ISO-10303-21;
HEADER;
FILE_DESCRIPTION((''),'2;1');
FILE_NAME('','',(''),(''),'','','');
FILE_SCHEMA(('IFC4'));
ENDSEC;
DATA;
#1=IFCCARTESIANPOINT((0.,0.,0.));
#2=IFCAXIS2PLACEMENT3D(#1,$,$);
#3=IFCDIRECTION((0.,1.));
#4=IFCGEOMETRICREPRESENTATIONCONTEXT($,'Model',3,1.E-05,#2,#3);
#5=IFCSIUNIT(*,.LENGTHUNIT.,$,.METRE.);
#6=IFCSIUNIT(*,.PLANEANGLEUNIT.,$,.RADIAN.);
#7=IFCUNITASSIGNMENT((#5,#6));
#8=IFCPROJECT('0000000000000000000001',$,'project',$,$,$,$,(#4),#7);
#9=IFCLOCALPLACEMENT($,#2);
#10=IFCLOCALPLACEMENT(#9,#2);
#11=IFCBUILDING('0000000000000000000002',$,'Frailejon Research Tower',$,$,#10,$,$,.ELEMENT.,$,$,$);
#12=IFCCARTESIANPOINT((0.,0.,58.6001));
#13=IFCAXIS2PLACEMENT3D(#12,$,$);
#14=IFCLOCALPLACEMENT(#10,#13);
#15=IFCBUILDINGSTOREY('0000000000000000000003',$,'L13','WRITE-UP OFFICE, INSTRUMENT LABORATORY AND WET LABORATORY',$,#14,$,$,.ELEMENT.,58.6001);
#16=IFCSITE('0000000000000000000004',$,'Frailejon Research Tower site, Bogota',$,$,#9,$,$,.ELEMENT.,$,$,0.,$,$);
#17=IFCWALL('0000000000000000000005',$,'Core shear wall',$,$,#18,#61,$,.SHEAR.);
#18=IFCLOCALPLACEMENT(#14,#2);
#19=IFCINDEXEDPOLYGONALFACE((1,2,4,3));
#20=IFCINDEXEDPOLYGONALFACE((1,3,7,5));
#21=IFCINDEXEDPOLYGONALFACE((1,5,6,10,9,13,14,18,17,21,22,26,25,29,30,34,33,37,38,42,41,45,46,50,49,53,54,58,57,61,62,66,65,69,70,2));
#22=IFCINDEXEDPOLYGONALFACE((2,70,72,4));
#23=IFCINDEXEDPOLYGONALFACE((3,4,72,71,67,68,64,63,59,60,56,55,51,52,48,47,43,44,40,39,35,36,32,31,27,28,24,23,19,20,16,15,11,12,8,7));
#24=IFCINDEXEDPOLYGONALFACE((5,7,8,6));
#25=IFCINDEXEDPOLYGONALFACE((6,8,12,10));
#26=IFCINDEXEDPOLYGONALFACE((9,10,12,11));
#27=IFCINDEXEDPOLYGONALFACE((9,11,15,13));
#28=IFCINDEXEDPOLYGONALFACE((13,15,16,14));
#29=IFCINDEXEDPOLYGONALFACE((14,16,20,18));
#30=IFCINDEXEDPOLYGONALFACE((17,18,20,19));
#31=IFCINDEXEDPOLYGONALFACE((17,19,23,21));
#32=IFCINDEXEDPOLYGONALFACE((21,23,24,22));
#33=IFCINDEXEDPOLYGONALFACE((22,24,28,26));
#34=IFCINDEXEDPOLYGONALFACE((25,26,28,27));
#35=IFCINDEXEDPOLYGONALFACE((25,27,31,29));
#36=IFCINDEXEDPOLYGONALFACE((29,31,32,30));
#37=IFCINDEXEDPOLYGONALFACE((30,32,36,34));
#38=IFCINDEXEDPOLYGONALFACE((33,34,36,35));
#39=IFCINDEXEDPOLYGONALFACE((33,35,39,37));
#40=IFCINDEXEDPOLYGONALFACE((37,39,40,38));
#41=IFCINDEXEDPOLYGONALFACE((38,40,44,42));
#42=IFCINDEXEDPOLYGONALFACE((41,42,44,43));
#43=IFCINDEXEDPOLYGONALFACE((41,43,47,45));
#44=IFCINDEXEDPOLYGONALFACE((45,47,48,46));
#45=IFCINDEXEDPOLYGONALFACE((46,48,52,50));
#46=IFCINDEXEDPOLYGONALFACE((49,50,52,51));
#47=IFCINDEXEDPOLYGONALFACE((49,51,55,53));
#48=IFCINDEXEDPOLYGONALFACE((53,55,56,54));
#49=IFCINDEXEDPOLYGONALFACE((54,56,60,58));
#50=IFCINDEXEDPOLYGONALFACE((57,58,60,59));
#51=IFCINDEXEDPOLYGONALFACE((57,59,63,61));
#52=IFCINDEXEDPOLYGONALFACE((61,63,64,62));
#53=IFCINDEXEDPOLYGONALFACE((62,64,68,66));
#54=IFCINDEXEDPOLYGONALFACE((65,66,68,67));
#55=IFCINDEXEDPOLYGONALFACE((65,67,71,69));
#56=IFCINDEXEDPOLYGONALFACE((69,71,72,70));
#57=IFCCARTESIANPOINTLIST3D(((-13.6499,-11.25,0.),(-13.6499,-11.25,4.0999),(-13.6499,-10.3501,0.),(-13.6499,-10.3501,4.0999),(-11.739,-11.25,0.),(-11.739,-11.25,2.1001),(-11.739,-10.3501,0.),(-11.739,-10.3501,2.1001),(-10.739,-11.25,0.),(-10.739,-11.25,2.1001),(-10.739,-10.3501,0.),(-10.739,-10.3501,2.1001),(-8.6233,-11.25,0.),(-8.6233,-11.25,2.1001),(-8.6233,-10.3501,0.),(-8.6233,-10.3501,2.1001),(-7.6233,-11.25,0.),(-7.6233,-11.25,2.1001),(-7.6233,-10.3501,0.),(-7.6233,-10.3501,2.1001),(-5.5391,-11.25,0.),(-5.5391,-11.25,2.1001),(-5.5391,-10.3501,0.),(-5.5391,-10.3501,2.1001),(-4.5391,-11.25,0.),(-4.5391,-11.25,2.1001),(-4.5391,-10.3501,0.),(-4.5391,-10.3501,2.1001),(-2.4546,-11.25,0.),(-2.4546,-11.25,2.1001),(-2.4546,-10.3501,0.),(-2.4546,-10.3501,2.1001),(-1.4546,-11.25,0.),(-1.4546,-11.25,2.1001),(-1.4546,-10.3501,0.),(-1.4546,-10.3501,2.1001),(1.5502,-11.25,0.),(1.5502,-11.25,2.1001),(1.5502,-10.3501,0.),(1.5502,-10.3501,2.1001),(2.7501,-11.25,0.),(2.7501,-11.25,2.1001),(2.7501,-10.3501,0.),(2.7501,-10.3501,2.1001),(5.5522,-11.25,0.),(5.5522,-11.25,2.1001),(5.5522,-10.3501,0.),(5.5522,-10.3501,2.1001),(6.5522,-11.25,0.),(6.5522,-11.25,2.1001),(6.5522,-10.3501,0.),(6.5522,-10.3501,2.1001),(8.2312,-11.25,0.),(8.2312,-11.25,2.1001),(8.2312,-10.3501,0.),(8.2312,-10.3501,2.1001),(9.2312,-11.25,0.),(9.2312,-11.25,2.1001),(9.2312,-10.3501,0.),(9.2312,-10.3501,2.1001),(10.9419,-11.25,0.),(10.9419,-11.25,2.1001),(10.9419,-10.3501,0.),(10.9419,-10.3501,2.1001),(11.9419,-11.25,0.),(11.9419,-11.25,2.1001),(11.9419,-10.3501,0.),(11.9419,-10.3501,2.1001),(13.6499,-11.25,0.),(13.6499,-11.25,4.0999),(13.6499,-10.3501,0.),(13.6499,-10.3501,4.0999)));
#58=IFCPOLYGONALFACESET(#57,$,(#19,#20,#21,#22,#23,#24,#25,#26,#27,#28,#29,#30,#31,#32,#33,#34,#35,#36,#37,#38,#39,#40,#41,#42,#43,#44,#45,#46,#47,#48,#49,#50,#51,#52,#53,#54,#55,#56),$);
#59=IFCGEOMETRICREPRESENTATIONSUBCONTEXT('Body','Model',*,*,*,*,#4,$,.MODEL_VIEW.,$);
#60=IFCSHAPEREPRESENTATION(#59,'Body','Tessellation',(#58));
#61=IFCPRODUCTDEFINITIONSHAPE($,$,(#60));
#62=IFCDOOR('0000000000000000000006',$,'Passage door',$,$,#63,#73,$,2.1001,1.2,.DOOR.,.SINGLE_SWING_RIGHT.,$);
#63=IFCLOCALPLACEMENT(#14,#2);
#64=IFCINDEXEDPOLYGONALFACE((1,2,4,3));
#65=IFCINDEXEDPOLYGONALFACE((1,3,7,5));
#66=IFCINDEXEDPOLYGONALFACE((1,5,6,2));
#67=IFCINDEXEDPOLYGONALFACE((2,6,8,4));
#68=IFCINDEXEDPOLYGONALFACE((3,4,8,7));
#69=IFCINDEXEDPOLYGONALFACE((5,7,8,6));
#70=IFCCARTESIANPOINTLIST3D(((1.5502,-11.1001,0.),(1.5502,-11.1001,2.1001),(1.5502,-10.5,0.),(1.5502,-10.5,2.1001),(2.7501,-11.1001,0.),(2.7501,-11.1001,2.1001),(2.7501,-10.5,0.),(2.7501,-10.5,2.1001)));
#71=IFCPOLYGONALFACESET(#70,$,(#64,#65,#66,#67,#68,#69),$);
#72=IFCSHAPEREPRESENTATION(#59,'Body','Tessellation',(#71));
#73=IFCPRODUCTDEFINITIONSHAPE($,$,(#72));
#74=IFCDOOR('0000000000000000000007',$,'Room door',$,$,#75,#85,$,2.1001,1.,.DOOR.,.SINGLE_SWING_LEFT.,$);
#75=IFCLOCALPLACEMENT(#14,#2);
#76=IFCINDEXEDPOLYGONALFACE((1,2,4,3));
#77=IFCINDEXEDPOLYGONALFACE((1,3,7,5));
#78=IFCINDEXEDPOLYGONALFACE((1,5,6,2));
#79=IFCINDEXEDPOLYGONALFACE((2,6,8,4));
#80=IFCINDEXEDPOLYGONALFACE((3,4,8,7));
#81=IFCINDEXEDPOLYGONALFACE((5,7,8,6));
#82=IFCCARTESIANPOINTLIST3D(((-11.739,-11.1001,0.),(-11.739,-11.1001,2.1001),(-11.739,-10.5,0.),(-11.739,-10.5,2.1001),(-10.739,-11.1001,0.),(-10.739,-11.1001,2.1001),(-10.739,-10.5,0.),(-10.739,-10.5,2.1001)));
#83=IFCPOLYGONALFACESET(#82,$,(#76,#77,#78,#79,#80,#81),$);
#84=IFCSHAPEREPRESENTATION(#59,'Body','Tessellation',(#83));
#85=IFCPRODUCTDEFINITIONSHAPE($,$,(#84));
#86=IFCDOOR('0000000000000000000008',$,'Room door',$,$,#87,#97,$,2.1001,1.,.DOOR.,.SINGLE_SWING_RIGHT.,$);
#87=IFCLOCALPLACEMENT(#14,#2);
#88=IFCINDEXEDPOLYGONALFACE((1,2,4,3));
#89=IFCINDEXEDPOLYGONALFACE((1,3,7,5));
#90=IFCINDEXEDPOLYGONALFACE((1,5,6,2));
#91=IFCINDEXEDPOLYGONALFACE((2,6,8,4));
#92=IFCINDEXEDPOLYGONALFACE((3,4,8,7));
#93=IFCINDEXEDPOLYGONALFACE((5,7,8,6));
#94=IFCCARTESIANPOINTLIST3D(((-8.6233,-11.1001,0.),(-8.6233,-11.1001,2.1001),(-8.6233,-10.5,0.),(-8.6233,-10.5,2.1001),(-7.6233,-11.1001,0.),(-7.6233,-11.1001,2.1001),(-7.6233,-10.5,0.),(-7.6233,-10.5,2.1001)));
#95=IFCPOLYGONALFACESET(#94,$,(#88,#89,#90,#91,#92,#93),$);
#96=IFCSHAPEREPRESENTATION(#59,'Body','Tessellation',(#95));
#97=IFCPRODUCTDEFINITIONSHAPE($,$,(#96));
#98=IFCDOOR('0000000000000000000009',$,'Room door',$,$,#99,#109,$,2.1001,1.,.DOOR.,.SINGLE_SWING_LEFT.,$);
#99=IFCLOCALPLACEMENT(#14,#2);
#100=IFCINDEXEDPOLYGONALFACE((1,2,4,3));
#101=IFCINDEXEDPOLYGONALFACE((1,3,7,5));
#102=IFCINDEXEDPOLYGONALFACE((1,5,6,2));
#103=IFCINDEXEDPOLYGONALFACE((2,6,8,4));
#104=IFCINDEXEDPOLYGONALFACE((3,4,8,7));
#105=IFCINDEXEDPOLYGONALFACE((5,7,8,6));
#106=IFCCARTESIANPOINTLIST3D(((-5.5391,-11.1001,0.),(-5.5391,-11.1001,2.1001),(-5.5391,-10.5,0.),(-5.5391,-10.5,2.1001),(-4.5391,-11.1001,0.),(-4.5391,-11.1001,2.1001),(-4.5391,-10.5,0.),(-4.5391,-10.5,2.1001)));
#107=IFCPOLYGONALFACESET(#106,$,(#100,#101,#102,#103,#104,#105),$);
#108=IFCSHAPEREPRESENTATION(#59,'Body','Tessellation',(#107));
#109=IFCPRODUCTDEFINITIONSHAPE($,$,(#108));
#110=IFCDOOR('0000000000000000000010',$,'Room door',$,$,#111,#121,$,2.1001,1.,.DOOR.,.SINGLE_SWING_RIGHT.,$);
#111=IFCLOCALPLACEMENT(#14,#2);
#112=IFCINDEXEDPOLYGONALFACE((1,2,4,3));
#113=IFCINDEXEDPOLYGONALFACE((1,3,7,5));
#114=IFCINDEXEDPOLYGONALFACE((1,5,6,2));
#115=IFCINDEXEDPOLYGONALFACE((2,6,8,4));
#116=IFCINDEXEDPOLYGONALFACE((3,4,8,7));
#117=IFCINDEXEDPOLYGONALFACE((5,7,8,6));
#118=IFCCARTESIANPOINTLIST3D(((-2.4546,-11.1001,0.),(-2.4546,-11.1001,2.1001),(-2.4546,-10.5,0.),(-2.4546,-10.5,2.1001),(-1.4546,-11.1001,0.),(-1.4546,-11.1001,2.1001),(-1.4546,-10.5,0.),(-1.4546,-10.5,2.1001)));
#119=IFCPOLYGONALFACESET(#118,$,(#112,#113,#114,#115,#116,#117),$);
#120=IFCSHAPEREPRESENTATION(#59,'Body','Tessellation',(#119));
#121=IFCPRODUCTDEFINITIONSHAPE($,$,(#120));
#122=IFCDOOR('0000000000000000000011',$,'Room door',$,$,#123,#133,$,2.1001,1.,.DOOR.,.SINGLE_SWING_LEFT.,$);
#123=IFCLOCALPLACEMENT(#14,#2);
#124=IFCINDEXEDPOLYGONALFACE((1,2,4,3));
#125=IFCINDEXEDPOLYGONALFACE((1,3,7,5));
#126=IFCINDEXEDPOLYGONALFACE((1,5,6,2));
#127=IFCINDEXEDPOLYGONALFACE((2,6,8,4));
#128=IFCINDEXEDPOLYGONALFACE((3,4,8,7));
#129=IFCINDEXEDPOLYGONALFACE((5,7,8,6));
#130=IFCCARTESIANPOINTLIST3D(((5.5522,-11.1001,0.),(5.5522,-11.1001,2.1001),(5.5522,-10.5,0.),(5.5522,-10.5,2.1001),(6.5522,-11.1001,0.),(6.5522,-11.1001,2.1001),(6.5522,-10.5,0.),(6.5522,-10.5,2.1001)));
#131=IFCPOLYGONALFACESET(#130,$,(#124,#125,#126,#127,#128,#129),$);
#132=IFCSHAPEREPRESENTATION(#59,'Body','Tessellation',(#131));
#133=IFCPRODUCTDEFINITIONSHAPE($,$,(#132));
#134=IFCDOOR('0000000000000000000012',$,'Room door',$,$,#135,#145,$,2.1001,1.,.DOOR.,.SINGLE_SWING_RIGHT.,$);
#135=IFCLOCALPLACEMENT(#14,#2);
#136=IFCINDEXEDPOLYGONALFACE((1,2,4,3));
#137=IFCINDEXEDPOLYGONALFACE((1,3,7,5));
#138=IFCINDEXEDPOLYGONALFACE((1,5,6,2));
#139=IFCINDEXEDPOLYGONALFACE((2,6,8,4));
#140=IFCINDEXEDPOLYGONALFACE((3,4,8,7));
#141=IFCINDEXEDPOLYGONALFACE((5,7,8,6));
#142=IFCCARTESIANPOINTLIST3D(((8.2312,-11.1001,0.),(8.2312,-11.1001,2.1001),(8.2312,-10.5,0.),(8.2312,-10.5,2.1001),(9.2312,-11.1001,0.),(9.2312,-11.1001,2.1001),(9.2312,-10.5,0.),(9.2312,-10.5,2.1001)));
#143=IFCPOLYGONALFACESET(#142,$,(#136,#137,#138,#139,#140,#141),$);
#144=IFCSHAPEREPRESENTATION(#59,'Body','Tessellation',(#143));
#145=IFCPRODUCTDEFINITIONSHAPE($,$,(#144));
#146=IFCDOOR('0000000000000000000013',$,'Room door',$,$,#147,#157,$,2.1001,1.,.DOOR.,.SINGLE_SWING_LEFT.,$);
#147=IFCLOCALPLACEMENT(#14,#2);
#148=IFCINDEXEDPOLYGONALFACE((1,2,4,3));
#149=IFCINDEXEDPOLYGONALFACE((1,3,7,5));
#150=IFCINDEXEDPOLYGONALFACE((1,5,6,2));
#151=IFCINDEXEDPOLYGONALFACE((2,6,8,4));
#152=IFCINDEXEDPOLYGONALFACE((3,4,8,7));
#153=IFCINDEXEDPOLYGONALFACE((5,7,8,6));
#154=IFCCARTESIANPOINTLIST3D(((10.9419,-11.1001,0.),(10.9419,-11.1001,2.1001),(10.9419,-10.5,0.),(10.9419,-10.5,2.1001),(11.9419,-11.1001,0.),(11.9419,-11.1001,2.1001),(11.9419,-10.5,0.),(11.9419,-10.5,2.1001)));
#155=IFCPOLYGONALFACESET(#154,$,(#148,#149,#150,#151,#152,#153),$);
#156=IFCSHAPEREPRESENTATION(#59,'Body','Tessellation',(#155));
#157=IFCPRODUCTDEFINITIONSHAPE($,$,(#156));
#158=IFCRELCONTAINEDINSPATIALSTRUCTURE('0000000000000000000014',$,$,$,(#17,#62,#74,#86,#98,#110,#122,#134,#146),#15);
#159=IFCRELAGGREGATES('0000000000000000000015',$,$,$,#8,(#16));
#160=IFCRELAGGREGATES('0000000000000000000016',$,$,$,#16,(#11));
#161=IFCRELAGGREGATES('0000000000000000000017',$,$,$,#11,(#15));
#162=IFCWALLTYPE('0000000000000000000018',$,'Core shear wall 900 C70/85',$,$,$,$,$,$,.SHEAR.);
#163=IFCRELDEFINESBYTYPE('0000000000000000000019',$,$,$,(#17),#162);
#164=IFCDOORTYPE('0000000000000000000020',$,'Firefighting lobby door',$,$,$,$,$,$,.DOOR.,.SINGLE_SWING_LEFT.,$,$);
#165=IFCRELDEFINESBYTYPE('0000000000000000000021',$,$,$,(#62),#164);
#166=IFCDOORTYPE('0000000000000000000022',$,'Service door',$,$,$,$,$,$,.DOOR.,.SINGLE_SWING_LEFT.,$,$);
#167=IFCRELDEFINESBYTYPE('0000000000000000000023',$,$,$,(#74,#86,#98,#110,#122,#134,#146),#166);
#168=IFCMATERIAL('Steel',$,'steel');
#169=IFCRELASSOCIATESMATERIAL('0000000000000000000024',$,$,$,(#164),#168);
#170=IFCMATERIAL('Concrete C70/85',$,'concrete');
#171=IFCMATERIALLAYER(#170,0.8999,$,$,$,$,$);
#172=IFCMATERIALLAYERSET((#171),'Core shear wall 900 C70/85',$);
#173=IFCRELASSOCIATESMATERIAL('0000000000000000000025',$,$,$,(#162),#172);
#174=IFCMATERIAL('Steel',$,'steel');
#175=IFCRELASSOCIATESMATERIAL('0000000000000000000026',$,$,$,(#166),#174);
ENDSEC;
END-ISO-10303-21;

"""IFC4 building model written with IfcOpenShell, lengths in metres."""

from ifc_helpers import new_model, si_unit, direction, frame, frame_2d, origin, place, context, subcontext, project, spatial, rectangle, extrude, material, layer, layer_set, type_object, element, fill, save


model = new_model("IFC4")

# Units and contexts
model_context = context("Model", 3, precision=1e-05, world=origin(), true_north=direction((0.0, 1.0)))
body_context = subcontext(model_context, "Body", "Model", "MODEL_VIEW")
ifc_project = project(units=[si_unit("LENGTHUNIT", "METRE"), si_unit("PLANEANGLEUNIT", "RADIAN")], contexts=[model_context])

# Site, building, storey
site_placement = place(None, origin())
site = spatial("IfcSite", under=ifc_project, at=site_placement, Name="Frailejon Research Tower site, Bogota", CompositionType="ELEMENT", RefElevation=0.0)
building_placement = place(site_placement, origin())
building = spatial("IfcBuilding", under=site, at=building_placement, Name="Frailejon Research Tower", CompositionType="ELEMENT")
storey_placement = place(building_placement, frame((0.0, 0.0, 58.6001)))
storey = spatial("IfcBuildingStorey", under=building, at=storey_placement, Name="L13", Description="WRITE-UP OFFICE, INSTRUMENT LABORATORY AND WET LABORATORY", CompositionType="ELEMENT", Elevation=58.6001)

# Shared definitions
ifc_material_1 = material(Name="Steel", Category="steel")
door_type_1 = type_object("IfcDoorType", Name="Firefighting lobby door", OperationType="SINGLE_SWING_LEFT", PredefinedType="DOOR", material=ifc_material_1)

# Wall, openings, doors
ifc_material_2 = material(Name="Concrete C70/85", Category="concrete")
ifc_layer_1 = layer(ifc_material_2, 0.8999)
ifc_layer_set_1 = layer_set([ifc_layer_1], Name="Core shear wall 900 C70/85")
wall_type_1 = type_object("IfcWallType", Name="Core shear wall 900 C70/85", PredefinedType="SHEAR", material=ifc_layer_set_1)
wall_1_placement = place(storey_placement, frame((-13.6499, -10.8, 0.0), z_axis=(0.0, 0.0, 1.0), x_axis=(1.0, 0.0, 0.0)))
wall_1 = element("IfcWall", 1, at=wall_1_placement, inside=storey, type_object=wall_type_1, Name="Core shear wall", PredefinedType="SHEAR", context=body_context, shape_type="SweptSolid", body=[
    extrude(rectangle(XDim=27.2998, YDim=0.8999, at=frame_2d((13.6499, 0.0))), origin(), (0.0, 0.0, 1.0), 4.0999),
])
opening_1_placement = place(wall_1_placement, frame((1.9109, 0.0, 0.0)))
opening_1 = element("IfcOpeningElement", 2, at=opening_1_placement, cuts=wall_1, PredefinedType="OPENING", context=body_context, shape_type="SweptSolid", body=[
    extrude(rectangle(XDim=1.0, YDim=2.1001, at=frame_2d((0.5, 1.05))), frame((0.0, 0.46, 0.0), z_axis=(0.0, -1.0, 0.0), x_axis=(1.0, 0.0, 0.0)), (0.0, 0.0, 1.0), 0.9199),
])
opening_2_placement = place(wall_1_placement, frame((5.0266, 0.0, 0.0)))
opening_2 = element("IfcOpeningElement", 3, at=opening_2_placement, cuts=wall_1, PredefinedType="OPENING", context=body_context, shape_type="SweptSolid", body=[
    extrude(rectangle(XDim=1.0, YDim=2.1001, at=frame_2d((0.5, 1.05))), frame((0.0, 0.46, 0.0), z_axis=(0.0, -1.0, 0.0), x_axis=(1.0, 0.0, 0.0)), (0.0, 0.0, 1.0), 0.9199),
])
opening_3_placement = place(wall_1_placement, frame((8.1108, 0.0, 0.0)))
opening_3 = element("IfcOpeningElement", 4, at=opening_3_placement, cuts=wall_1, PredefinedType="OPENING", context=body_context, shape_type="SweptSolid", body=[
    extrude(rectangle(XDim=1.0, YDim=2.1001, at=frame_2d((0.5, 1.05))), frame((0.0, 0.46, 0.0), z_axis=(0.0, -1.0, 0.0), x_axis=(1.0, 0.0, 0.0)), (0.0, 0.0, 1.0), 0.9199),
])
opening_4_placement = place(wall_1_placement, frame((11.1953, 0.0, 0.0)))
opening_4 = element("IfcOpeningElement", 5, at=opening_4_placement, cuts=wall_1, PredefinedType="OPENING", context=body_context, shape_type="SweptSolid", body=[
    extrude(rectangle(XDim=1.0, YDim=2.1001, at=frame_2d((0.5, 1.05))), frame((0.0, 0.46, 0.0), z_axis=(0.0, -1.0, 0.0), x_axis=(1.0, 0.0, 0.0)), (0.0, 0.0, 1.0), 0.9199),
])
opening_5_placement = place(wall_1_placement, frame((19.2021, 0.0, 0.0)))
opening_5 = element("IfcOpeningElement", 6, at=opening_5_placement, cuts=wall_1, PredefinedType="OPENING", context=body_context, shape_type="SweptSolid", body=[
    extrude(rectangle(XDim=1.0, YDim=2.1001, at=frame_2d((0.5, 1.05))), frame((0.0, 0.46, 0.0), z_axis=(0.0, -1.0, 0.0), x_axis=(1.0, 0.0, 0.0)), (0.0, 0.0, 1.0), 0.9199),
])
opening_6_placement = place(wall_1_placement, frame((21.8811, 0.0, 0.0)))
opening_6 = element("IfcOpeningElement", 7, at=opening_6_placement, cuts=wall_1, PredefinedType="OPENING", context=body_context, shape_type="SweptSolid", body=[
    extrude(rectangle(XDim=1.0, YDim=2.1001, at=frame_2d((0.5, 1.05))), frame((0.0, 0.46, 0.0), z_axis=(0.0, -1.0, 0.0), x_axis=(1.0, 0.0, 0.0)), (0.0, 0.0, 1.0), 0.9199),
])
opening_7_placement = place(wall_1_placement, frame((24.5918, 0.0, 0.0)))
opening_7 = element("IfcOpeningElement", 8, at=opening_7_placement, cuts=wall_1, PredefinedType="OPENING", context=body_context, shape_type="SweptSolid", body=[
    extrude(rectangle(XDim=1.0, YDim=2.1001, at=frame_2d((0.5, 1.05))), frame((0.0, 0.46, 0.0), z_axis=(0.0, -1.0, 0.0), x_axis=(1.0, 0.0, 0.0)), (0.0, 0.0, 1.0), 0.9199),
])
opening_8_placement = place(wall_1_placement, frame((15.2, 0.0, 0.0)))
opening_8 = element("IfcOpeningElement", 9, at=opening_8_placement, cuts=wall_1, PredefinedType="OPENING", context=body_context, shape_type="SweptSolid", body=[
    extrude(rectangle(XDim=1.2, YDim=2.1001, at=frame_2d((0.6001, 1.05))), frame((0.0, 0.46, 0.0), z_axis=(0.0, -1.0, 0.0), x_axis=(1.0, 0.0, 0.0)), (0.0, 0.0, 1.0), 0.9199),
])
door_1_placement = place(opening_8_placement, origin())
door_1 = element("IfcDoor", 10, at=door_1_placement, inside=storey, type_object=door_type_1, Name="Passage door", OperationType="SINGLE_SWING_RIGHT", OverallHeight=2.1001, OverallWidth=1.2, PredefinedType="DOOR", context=body_context, shape_type="SweptSolid", body=[
    extrude(rectangle(XDim=1.2, YDim=2.1001, at=frame_2d((0.6001, 1.05))), frame((0.0, 0.3, 0.0), z_axis=(0.0, -1.0, 0.0), x_axis=(1.0, 0.0, 0.0)), (0.0, 0.0, 1.0), 0.6001),
])
fill(opening_8, door_1)
ifc_material_3 = material(Name="Steel", Category="steel")
door_type_2 = type_object("IfcDoorType", Name="Service door", OperationType="SINGLE_SWING_LEFT", PredefinedType="DOOR", material=ifc_material_3)
door_2_placement = place(opening_1_placement, origin())
door_2 = element("IfcDoor", 11, at=door_2_placement, inside=storey, type_object=door_type_2, Name="Room door", OperationType="SINGLE_SWING_LEFT", OverallHeight=2.1001, OverallWidth=1.0, PredefinedType="DOOR", context=body_context, shape_type="SweptSolid", body=[
    extrude(rectangle(XDim=1.0, YDim=2.1001, at=frame_2d((0.5, 1.05))), frame((0.0, 0.3, 0.0), z_axis=(0.0, -1.0, 0.0), x_axis=(1.0, 0.0, 0.0)), (0.0, 0.0, 1.0), 0.6001),
])
fill(opening_1, door_2)
door_3_placement = place(opening_2_placement, origin())
door_3 = element("IfcDoor", 12, at=door_3_placement, inside=storey, type_object=door_type_2, Name="Room door", OperationType="SINGLE_SWING_RIGHT", OverallHeight=2.1001, OverallWidth=1.0, PredefinedType="DOOR", context=body_context, shape_type="SweptSolid", body=[
    extrude(rectangle(XDim=1.0, YDim=2.1001, at=frame_2d((0.5, 1.05))), frame((0.0, 0.3, 0.0), z_axis=(0.0, -1.0, 0.0), x_axis=(1.0, 0.0, 0.0)), (0.0, 0.0, 1.0), 0.6001),
])
fill(opening_2, door_3)
door_4_placement = place(opening_3_placement, origin())
door_4 = element("IfcDoor", 13, at=door_4_placement, inside=storey, type_object=door_type_2, Name="Room door", OperationType="SINGLE_SWING_LEFT", OverallHeight=2.1001, OverallWidth=1.0, PredefinedType="DOOR", context=body_context, shape_type="SweptSolid", body=[
    extrude(rectangle(XDim=1.0, YDim=2.1001, at=frame_2d((0.5, 1.05))), frame((0.0, 0.3, 0.0), z_axis=(0.0, -1.0, 0.0), x_axis=(1.0, 0.0, 0.0)), (0.0, 0.0, 1.0), 0.6001),
])
fill(opening_3, door_4)
door_5_placement = place(opening_4_placement, origin())
door_5 = element("IfcDoor", 14, at=door_5_placement, inside=storey, type_object=door_type_2, Name="Room door", OperationType="SINGLE_SWING_RIGHT", OverallHeight=2.1001, OverallWidth=1.0, PredefinedType="DOOR", context=body_context, shape_type="SweptSolid", body=[
    extrude(rectangle(XDim=1.0, YDim=2.1001, at=frame_2d((0.5, 1.05))), frame((0.0, 0.3, 0.0), z_axis=(0.0, -1.0, 0.0), x_axis=(1.0, 0.0, 0.0)), (0.0, 0.0, 1.0), 0.6001),
])
fill(opening_4, door_5)
door_6_placement = place(opening_5_placement, origin())
door_6 = element("IfcDoor", 15, at=door_6_placement, inside=storey, type_object=door_type_2, Name="Room door", OperationType="SINGLE_SWING_LEFT", OverallHeight=2.1001, OverallWidth=1.0, PredefinedType="DOOR", context=body_context, shape_type="SweptSolid", body=[
    extrude(rectangle(XDim=1.0, YDim=2.1001, at=frame_2d((0.5, 1.05))), frame((0.0, 0.3, 0.0), z_axis=(0.0, -1.0, 0.0), x_axis=(1.0, 0.0, 0.0)), (0.0, 0.0, 1.0), 0.6001),
])
fill(opening_5, door_6)
door_7_placement = place(opening_6_placement, origin())
door_7 = element("IfcDoor", 16, at=door_7_placement, inside=storey, type_object=door_type_2, Name="Room door", OperationType="SINGLE_SWING_RIGHT", OverallHeight=2.1001, OverallWidth=1.0, PredefinedType="DOOR", context=body_context, shape_type="SweptSolid", body=[
    extrude(rectangle(XDim=1.0, YDim=2.1001, at=frame_2d((0.5, 1.05))), frame((0.0, 0.3, 0.0), z_axis=(0.0, -1.0, 0.0), x_axis=(1.0, 0.0, 0.0)), (0.0, 0.0, 1.0), 0.6001),
])
fill(opening_6, door_7)
door_8_placement = place(opening_7_placement, origin())
door_8 = element("IfcDoor", 17, at=door_8_placement, inside=storey, type_object=door_type_2, Name="Room door", OperationType="SINGLE_SWING_LEFT", OverallHeight=2.1001, OverallWidth=1.0, PredefinedType="DOOR", context=body_context, shape_type="SweptSolid", body=[
    extrude(rectangle(XDim=1.0, YDim=2.1001, at=frame_2d((0.5, 1.05))), frame((0.0, 0.3, 0.0), z_axis=(0.0, -1.0, 0.0), x_axis=(1.0, 0.0, 0.0)), (0.0, 0.0, 1.0), 0.6001),
])
fill(opening_7, door_8)

save(model, "model.ifc")
